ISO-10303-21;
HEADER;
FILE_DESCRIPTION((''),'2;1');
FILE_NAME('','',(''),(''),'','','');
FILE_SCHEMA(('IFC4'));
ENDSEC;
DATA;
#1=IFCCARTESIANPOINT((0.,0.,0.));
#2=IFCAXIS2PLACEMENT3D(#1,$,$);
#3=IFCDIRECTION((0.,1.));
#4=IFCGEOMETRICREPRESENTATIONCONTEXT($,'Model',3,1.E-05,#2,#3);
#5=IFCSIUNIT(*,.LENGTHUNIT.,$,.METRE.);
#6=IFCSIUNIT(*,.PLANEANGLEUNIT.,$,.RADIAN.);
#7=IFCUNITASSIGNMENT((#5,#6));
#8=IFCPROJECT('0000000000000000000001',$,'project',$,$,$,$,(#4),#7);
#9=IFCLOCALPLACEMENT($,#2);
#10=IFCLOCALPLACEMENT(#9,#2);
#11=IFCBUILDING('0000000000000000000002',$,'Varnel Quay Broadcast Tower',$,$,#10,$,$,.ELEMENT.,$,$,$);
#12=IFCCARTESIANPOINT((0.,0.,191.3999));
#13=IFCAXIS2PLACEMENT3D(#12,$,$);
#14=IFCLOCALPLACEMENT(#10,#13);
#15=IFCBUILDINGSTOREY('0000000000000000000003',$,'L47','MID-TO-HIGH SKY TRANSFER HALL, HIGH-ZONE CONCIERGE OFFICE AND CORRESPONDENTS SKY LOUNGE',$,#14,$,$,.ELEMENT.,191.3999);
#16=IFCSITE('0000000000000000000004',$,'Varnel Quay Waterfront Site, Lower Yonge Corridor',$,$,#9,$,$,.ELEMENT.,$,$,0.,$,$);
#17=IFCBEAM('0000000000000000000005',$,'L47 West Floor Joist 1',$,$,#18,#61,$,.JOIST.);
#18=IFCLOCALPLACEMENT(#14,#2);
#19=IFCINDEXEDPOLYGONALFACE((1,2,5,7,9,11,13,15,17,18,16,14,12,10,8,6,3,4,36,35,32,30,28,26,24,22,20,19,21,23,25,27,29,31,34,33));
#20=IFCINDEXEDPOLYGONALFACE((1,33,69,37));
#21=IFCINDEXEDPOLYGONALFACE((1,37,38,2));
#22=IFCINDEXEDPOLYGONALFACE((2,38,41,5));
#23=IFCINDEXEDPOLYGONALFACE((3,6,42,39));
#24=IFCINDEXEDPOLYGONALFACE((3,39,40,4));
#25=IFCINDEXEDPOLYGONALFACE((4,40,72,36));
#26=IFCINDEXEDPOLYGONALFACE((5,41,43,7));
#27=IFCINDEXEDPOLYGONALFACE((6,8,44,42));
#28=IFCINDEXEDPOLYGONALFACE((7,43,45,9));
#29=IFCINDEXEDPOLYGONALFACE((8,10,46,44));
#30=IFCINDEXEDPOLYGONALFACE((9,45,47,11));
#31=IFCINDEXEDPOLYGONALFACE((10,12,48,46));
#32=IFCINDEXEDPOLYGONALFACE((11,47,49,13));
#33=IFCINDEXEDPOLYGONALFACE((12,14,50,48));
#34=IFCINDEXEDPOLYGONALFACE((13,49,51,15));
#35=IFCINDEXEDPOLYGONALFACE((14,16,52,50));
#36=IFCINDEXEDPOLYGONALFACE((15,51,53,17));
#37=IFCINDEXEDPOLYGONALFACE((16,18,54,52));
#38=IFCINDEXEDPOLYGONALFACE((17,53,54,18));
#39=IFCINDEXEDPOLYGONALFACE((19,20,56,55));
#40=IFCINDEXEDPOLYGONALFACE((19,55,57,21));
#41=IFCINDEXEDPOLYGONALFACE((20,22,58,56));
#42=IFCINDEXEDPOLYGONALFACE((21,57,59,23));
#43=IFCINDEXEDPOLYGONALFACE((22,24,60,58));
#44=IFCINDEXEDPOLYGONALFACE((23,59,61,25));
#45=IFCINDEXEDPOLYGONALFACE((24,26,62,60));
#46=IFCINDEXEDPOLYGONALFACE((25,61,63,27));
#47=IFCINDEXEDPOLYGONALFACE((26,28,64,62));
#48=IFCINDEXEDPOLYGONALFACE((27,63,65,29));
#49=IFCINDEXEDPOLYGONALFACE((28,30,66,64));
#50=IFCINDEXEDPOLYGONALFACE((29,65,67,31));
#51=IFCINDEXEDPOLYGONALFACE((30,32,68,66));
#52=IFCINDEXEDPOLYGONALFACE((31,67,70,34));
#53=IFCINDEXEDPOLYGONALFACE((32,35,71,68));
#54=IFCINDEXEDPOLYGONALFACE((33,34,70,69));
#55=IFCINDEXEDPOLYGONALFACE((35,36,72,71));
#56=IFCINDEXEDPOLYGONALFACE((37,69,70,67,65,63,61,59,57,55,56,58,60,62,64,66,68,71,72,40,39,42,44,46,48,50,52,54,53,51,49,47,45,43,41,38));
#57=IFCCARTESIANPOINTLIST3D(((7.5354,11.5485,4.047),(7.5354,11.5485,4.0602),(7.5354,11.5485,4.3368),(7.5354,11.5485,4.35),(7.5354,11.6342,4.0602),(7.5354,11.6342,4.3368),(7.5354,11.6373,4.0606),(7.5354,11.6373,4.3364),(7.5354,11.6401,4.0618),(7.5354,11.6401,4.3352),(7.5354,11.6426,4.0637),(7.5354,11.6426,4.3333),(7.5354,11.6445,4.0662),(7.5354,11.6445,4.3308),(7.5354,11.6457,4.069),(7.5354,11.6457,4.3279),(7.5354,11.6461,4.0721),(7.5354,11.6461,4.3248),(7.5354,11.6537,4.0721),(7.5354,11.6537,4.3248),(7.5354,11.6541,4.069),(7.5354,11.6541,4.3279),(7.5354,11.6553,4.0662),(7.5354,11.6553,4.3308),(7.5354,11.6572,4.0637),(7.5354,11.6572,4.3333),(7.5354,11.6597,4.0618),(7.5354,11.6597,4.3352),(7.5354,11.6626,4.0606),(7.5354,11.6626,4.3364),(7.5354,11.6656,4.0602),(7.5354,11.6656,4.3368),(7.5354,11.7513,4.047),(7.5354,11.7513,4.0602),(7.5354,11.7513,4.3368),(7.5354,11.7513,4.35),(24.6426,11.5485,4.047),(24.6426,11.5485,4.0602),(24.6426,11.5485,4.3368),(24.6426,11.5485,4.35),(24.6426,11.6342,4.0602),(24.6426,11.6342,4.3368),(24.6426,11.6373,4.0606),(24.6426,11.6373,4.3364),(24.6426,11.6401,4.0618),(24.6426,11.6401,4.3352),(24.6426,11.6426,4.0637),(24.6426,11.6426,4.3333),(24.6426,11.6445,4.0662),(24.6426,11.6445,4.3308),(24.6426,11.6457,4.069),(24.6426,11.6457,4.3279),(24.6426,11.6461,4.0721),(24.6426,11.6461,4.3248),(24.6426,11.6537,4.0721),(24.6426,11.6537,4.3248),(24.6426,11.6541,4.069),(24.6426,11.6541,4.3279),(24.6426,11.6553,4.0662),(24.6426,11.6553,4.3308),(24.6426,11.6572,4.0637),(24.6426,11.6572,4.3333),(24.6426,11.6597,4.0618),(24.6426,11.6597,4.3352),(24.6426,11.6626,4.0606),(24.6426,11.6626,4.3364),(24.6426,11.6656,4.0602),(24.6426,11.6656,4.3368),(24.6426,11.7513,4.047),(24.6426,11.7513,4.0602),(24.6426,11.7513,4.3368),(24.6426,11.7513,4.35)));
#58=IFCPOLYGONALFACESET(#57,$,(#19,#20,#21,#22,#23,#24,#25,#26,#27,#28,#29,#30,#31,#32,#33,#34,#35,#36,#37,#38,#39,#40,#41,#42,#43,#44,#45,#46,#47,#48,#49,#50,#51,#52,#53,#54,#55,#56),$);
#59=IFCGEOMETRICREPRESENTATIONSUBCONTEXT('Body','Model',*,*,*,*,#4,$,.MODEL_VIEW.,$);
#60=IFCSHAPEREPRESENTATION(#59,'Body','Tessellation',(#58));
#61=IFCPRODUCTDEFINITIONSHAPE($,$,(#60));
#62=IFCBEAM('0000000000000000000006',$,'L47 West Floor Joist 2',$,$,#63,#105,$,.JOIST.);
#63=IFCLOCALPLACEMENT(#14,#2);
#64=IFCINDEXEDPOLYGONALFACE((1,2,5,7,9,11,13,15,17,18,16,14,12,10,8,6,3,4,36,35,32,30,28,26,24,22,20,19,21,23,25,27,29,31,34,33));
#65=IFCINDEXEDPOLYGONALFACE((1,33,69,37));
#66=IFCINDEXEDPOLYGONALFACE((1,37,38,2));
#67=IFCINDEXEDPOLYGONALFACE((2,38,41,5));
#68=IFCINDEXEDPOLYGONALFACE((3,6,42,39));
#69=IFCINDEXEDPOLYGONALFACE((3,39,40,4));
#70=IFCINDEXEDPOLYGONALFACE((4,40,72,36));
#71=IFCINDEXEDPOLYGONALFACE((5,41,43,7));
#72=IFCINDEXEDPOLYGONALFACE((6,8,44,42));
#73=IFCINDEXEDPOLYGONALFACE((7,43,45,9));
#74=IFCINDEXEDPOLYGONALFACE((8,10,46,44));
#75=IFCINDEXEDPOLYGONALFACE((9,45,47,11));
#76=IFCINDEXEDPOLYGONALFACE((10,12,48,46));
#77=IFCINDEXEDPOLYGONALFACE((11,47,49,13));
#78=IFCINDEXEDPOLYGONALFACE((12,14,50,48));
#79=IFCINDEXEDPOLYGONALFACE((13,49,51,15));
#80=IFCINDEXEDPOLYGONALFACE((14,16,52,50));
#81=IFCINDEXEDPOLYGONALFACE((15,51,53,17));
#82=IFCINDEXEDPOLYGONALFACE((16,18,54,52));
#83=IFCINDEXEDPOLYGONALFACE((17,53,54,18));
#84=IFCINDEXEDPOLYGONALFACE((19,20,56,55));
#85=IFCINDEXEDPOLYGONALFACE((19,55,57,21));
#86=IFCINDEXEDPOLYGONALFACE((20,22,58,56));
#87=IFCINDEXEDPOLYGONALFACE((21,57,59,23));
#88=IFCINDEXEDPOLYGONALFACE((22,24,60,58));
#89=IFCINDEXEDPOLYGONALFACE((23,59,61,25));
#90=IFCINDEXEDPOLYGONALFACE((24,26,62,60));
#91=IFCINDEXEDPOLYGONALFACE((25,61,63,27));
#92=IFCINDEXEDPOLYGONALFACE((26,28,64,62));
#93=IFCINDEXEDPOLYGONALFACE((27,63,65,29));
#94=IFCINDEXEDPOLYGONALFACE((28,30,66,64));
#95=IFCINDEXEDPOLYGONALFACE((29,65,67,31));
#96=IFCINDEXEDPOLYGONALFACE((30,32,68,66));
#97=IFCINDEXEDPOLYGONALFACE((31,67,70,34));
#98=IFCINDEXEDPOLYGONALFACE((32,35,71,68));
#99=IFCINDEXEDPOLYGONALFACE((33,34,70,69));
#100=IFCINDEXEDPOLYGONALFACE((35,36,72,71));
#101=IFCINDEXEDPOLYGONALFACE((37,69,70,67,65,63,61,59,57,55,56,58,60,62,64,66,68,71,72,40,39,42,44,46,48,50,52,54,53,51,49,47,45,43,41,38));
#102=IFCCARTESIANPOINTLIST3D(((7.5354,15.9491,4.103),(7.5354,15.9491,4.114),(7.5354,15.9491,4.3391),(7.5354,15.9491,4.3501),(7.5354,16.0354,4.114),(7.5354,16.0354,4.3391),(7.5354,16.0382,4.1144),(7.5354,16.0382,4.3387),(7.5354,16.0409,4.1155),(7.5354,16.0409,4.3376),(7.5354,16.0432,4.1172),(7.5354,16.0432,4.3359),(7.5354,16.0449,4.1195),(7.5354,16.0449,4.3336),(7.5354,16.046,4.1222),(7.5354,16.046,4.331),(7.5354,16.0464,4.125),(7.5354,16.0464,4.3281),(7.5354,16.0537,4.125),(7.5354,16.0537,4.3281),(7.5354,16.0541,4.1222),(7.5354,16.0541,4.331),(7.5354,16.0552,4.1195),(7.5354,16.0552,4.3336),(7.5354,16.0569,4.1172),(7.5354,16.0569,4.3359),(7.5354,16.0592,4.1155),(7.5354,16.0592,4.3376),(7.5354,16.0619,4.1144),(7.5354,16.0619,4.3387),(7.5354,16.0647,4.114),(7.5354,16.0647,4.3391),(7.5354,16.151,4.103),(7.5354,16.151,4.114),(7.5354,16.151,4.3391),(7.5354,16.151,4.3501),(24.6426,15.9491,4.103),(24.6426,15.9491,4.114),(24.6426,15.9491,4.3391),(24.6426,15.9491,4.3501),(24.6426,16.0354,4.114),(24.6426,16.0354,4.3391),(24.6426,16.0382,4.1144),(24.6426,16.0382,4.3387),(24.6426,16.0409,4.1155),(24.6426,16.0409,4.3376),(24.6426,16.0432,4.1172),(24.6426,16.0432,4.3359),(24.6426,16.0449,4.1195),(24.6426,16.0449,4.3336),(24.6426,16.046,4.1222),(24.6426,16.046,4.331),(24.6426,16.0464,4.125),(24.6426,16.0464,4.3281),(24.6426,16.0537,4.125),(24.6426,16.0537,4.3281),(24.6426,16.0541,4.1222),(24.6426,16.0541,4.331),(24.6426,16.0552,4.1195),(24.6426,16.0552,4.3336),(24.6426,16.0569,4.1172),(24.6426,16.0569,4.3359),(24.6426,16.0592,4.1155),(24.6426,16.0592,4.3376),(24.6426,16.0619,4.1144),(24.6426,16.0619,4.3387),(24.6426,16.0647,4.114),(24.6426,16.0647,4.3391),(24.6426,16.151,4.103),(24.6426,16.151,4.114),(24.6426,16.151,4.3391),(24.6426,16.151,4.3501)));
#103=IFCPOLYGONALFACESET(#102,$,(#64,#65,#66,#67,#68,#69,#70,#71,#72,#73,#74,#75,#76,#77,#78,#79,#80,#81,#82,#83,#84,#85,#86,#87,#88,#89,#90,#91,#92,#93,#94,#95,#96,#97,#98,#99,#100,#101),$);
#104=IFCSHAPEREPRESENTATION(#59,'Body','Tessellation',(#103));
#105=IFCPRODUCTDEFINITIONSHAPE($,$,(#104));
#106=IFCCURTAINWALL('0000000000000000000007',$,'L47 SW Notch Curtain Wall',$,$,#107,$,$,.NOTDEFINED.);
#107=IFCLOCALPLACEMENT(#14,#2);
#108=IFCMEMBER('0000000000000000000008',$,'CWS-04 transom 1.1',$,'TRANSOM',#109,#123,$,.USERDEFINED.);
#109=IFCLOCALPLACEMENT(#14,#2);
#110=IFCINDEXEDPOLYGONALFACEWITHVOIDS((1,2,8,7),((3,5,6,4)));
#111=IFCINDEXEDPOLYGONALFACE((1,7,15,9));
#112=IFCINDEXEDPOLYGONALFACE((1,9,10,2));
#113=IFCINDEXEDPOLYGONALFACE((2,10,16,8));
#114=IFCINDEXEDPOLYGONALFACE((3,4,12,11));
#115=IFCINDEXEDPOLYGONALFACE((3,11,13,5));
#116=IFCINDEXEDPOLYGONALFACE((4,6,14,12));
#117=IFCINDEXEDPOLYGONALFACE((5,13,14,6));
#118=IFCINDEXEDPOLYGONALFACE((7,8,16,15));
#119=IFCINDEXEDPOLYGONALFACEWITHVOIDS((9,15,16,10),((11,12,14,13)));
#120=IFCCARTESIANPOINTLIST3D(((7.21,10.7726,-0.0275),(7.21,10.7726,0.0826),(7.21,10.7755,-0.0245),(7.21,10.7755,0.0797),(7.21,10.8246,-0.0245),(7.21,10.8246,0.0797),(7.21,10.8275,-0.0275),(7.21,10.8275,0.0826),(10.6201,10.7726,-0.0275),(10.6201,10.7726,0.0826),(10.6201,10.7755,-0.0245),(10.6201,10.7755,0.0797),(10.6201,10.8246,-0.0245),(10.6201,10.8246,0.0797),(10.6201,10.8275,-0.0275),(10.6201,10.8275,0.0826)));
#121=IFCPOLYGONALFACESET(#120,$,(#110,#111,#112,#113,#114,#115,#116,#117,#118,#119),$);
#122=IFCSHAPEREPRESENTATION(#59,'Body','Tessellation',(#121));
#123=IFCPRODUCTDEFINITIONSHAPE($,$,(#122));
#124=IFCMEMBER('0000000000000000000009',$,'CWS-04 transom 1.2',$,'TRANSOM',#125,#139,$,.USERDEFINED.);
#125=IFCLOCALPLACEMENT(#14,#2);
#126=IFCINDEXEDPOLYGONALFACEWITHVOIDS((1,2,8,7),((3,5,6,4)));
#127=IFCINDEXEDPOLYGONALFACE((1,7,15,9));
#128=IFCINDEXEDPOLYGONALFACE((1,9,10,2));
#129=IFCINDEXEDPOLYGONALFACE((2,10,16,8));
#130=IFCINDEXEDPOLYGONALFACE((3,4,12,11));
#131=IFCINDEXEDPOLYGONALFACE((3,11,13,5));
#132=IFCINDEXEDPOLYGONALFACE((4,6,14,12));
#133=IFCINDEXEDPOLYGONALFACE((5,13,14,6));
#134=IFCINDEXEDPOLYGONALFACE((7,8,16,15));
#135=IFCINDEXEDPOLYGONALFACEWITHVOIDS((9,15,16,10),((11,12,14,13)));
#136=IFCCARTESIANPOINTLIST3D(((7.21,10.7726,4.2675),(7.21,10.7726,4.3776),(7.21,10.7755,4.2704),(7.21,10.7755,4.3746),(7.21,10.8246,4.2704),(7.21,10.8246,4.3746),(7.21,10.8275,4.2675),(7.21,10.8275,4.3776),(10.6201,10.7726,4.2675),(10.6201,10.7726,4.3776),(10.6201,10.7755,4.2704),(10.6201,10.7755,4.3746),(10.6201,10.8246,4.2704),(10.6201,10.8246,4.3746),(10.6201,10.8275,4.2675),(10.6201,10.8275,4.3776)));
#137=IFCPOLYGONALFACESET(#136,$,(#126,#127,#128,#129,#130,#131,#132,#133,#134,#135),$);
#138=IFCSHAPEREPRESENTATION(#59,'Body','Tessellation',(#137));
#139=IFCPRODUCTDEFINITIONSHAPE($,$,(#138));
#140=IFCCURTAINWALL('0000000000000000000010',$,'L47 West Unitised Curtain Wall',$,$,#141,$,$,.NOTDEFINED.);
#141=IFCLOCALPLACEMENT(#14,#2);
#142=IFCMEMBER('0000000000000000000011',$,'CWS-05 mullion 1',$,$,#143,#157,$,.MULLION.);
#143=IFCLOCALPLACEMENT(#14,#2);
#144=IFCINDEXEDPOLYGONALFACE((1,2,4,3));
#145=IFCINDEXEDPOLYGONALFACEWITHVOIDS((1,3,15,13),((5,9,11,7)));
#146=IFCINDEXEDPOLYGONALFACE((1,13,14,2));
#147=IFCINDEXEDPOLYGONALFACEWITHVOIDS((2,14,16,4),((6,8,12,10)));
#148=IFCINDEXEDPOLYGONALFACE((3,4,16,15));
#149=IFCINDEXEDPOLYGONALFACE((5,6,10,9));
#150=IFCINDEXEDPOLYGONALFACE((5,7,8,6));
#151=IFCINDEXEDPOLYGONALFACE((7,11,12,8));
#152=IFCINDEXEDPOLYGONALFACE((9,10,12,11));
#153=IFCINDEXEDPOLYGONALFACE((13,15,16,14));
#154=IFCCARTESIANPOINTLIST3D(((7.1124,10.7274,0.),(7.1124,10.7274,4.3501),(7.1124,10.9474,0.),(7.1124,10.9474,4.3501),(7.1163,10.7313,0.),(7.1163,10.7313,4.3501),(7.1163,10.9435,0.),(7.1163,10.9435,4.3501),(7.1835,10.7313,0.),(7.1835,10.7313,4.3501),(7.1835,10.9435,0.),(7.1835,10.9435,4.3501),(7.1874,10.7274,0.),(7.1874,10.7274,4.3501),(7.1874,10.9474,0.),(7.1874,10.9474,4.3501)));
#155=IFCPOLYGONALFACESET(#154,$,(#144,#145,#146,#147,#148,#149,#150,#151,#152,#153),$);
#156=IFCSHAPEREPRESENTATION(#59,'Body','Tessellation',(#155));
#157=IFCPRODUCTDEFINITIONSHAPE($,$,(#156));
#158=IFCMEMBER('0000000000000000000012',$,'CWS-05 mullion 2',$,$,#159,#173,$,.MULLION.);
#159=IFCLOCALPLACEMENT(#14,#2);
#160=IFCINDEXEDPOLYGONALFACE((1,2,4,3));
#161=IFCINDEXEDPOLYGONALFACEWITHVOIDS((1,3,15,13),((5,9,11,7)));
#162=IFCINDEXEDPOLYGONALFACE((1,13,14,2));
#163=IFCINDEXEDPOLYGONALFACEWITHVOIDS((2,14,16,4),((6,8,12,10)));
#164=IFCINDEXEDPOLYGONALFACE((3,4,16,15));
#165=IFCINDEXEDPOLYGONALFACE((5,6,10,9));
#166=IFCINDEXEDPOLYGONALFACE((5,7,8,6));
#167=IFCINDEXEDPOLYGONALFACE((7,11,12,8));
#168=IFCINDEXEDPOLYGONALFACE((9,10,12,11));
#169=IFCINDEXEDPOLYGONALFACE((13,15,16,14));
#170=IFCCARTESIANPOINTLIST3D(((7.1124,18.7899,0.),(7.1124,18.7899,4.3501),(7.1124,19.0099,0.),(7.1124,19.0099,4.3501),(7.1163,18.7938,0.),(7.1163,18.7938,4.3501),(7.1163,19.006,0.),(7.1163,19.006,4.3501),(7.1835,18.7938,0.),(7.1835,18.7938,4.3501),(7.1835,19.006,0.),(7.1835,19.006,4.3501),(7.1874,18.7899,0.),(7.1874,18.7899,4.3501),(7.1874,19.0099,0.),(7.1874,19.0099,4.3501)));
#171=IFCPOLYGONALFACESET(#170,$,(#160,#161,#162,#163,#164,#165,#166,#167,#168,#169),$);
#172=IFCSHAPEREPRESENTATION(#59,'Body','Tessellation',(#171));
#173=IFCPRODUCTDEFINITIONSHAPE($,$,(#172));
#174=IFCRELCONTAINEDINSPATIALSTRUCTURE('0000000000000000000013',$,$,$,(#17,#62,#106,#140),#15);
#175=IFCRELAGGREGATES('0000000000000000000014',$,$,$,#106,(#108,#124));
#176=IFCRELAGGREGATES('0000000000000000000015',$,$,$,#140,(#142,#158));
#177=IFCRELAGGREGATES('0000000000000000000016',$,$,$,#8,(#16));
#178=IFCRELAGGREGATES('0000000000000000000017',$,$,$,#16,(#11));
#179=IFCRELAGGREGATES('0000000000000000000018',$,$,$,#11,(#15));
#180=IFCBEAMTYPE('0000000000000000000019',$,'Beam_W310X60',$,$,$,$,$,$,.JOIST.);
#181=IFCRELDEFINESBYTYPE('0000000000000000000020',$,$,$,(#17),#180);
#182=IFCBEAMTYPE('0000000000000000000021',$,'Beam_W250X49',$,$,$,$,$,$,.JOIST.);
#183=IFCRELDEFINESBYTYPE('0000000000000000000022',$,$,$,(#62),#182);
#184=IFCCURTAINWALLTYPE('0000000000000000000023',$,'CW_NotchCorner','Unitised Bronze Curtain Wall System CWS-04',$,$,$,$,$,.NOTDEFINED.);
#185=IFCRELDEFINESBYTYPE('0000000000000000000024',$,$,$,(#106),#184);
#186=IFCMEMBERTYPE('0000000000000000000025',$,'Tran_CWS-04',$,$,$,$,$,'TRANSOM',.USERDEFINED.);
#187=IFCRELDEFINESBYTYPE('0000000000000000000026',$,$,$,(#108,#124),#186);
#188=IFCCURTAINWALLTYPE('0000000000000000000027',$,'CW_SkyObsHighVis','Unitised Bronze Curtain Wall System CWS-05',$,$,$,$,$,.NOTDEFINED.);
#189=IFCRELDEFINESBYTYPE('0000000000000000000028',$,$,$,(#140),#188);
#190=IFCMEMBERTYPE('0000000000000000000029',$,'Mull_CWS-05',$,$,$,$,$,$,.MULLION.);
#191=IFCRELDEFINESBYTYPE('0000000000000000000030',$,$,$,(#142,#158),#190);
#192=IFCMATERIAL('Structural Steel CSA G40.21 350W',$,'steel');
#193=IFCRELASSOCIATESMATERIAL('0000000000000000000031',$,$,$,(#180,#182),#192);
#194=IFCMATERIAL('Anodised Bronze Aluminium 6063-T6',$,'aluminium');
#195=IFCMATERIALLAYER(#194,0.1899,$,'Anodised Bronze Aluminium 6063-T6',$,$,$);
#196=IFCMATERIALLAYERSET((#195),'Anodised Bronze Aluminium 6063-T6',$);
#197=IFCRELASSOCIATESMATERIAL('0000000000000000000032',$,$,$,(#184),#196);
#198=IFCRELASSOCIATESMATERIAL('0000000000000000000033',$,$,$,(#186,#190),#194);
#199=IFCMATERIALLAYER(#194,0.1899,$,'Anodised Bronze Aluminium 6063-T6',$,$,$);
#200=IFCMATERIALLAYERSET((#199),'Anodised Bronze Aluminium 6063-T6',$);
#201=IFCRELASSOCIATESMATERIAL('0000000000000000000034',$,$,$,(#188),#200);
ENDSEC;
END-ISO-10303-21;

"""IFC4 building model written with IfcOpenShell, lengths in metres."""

from ifc_helpers import new_model, si_unit, direction, frame, origin, origin_2d, place, context, subcontext, project, spatial, hollow_rectangle, i_section, extrude, source, transform, mapped, material, layer, layer_set, material_profile, profile_set, type_object, type_shapes, element, aggregate, save


model = new_model("IFC4")

# Units and contexts
model_context = context("Model", 3, precision=1e-05, world=origin(), true_north=direction((0.0, 1.0)))
body_context = subcontext(model_context, "Body", "Model", "MODEL_VIEW")
ifc_project = project(units=[si_unit("LENGTHUNIT", "METRE"), si_unit("PLANEANGLEUNIT", "RADIAN")], contexts=[model_context])

# Site, building, storey
site_placement = place(None, origin())
site = spatial("IfcSite", under=ifc_project, at=site_placement, Name="Varnel Quay Waterfront Site, Lower Yonge Corridor", CompositionType="ELEMENT", RefElevation=0.0)
building_placement = place(site_placement, origin())
building = spatial("IfcBuilding", under=site, at=building_placement, Name="Varnel Quay Broadcast Tower", CompositionType="ELEMENT")
storey_placement = place(building_placement, frame((0.0, 0.0, 191.3999)))
storey = spatial("IfcBuildingStorey", under=building, at=storey_placement, Name="L47", Description="MID-TO-HIGH SKY TRANSFER HALL, HIGH-ZONE CONCIERGE OFFICE AND CORRESPONDENTS SKY LOUNGE", CompositionType="ELEMENT", Elevation=191.3999)

# Shared definitions
ifc_material_1 = material(Name="Structural Steel CSA G40.21 350W", Category="steel")

# Beams
ifc_material_profile_1 = material_profile(ifc_material_1, i_section(OverallWidth=0.2029, OverallDepth=0.303, WebThickness=0.0076, FlangeThickness=0.0132, FilletRadius=0.012, at=origin_2d()), Name="W310X60")
ifc_profile_set_1 = profile_set([ifc_material_profile_1], Name="Structural Steel CSA G40.21 350W")
beam_type_1 = type_object("IfcBeamType", Name="Beam_W310X60", PredefinedType="JOIST", material=ifc_profile_set_1)
shared_shape_1 = source(origin(), body_context, "Body", "SweptSolid", [
    extrude(i_section(OverallWidth=0.2029, OverallDepth=0.303, WebThickness=0.0076, FlangeThickness=0.0132, FilletRadius=0.012, at=origin_2d()), origin(), (0.0, 0.0, 1.0), 17.1072),
])
type_shapes(beam_type_1, [shared_shape_1])
beam_1_placement = place(storey_placement, frame((7.5354, 11.6499, 4.1985), z_axis=(1.0, 0.0, 0.0), x_axis=(0.0, 1.0, 0.0)))
element("IfcBeam", 1, at=beam_1_placement, inside=storey, type_object=beam_type_1, Name="L47 West Floor Joist 1", PredefinedType="JOIST", context=body_context, shape_type="MappedRepresentation", body=[
    mapped(shared_shape_1, transform((0.0, 0.0, 0.0), x_axis=(1.0, 0.0, 0.0), y_axis=(0.0, 1.0, 0.0), z_axis=(0.0, 0.0, 1.0), scale=1.0)),
])
ifc_material_profile_2 = material_profile(ifc_material_1, i_section(OverallWidth=0.2019, OverallDepth=0.2471, WebThickness=0.0073, FlangeThickness=0.011, FilletRadius=0.011, at=origin_2d()), Name="W250X49")
ifc_profile_set_2 = profile_set([ifc_material_profile_2], Name="Structural Steel CSA G40.21 350W")
beam_type_2 = type_object("IfcBeamType", Name="Beam_W250X49", PredefinedType="JOIST", material=ifc_profile_set_2)
shared_shape_2 = source(origin(), body_context, "Body", "SweptSolid", [
    extrude(i_section(OverallWidth=0.2019, OverallDepth=0.2471, WebThickness=0.0073, FlangeThickness=0.011, FilletRadius=0.011, at=origin_2d()), origin(), (0.0, 0.0, 1.0), 17.1072),
])
type_shapes(beam_type_2, [shared_shape_2])
beam_2_placement = place(storey_placement, frame((7.5354, 16.05, 4.2266), z_axis=(1.0, 0.0, 0.0), x_axis=(0.0, 1.0, 0.0)))
element("IfcBeam", 2, at=beam_2_placement, inside=storey, type_object=beam_type_2, Name="L47 West Floor Joist 2", PredefinedType="JOIST", context=body_context, shape_type="MappedRepresentation", body=[
    mapped(shared_shape_2, transform((0.0, 0.0, 0.0), x_axis=(1.0, 0.0, 0.0), y_axis=(0.0, 1.0, 0.0), z_axis=(0.0, 0.0, 1.0), scale=1.0)),
])

# Curtain walls, members
ifc_material_2 = material(Name="Anodised Bronze Aluminium 6063-T6", Category="aluminium")
ifc_layer_1 = layer(ifc_material_2, 0.1899, Name="Anodised Bronze Aluminium 6063-T6")
ifc_layer_set_1 = layer_set([ifc_layer_1], Name="Anodised Bronze Aluminium 6063-T6")
curtain_wall_type_1 = type_object("IfcCurtainWallType", Name="CW_NotchCorner", Description="Unitised Bronze Curtain Wall System CWS-04", PredefinedType="NOTDEFINED", material=ifc_layer_set_1)
curtain_wall_1_placement = place(storey_placement, origin())
curtain_wall_1 = element("IfcCurtainWall", 3, at=curtain_wall_1_placement, inside=storey, type_object=curtain_wall_type_1, Name="L47 SW Notch Curtain Wall", PredefinedType="NOTDEFINED")
ifc_material_profile_3 = material_profile(ifc_material_2, hollow_rectangle(XDim=0.0549, YDim=0.1101, WallThickness=0.0029, at=origin_2d()), Name="ALU55X110X3")
ifc_profile_set_3 = profile_set([ifc_material_profile_3], Name="Anodised Bronze Aluminium 6063-T6")
member_type_1 = type_object("IfcMemberType", Name="Tran_CWS-04", ElementType="TRANSOM", PredefinedType="USERDEFINED", material=ifc_profile_set_3)
shared_shape_3 = source(origin(), body_context, "Body", "SweptSolid", [
    extrude(hollow_rectangle(XDim=0.0549, YDim=0.1101, WallThickness=0.0029, at=origin_2d()), origin(), (0.0, 0.0, 1.0), 3.4102),
])
type_shapes(member_type_1, [shared_shape_3])
member_1_placement = place(storey_placement, frame((7.21, 10.8, 0.0276), z_axis=(1.0, 0.0, 0.0), x_axis=(0.0, 1.0, 0.0)))
member_1 = element("IfcMember", 4, at=member_1_placement, type_object=member_type_1, Name="CWS-04 transom 1.1", ObjectType="TRANSOM", PredefinedType="USERDEFINED", context=body_context, shape_type="MappedRepresentation", body=[
    mapped(shared_shape_3, transform((0.0, 0.0, 0.0), x_axis=(1.0, 0.0, 0.0), y_axis=(0.0, 1.0, 0.0), z_axis=(0.0, 0.0, 1.0), scale=1.0)),
])
member_2_placement = place(storey_placement, frame((7.21, 10.8, 4.3225), z_axis=(1.0, 0.0, 0.0), x_axis=(0.0, 1.0, 0.0)))
member_2 = element("IfcMember", 5, at=member_2_placement, type_object=member_type_1, Name="CWS-04 transom 1.2", ObjectType="TRANSOM", PredefinedType="USERDEFINED", context=body_context, shape_type="MappedRepresentation", body=[
    mapped(shared_shape_3, transform((0.0, 0.0, 0.0), x_axis=(1.0, 0.0, 0.0), y_axis=(0.0, 1.0, 0.0), z_axis=(0.0, 0.0, 1.0), scale=1.0)),
])
ifc_layer_2 = layer(ifc_material_2, 0.1899, Name="Anodised Bronze Aluminium 6063-T6")
ifc_layer_set_2 = layer_set([ifc_layer_2], Name="Anodised Bronze Aluminium 6063-T6")
curtain_wall_type_2 = type_object("IfcCurtainWallType", Name="CW_SkyObsHighVis", Description="Unitised Bronze Curtain Wall System CWS-05", PredefinedType="NOTDEFINED", material=ifc_layer_set_2)
curtain_wall_2_placement = place(storey_placement, origin())
curtain_wall_2 = element("IfcCurtainWall", 6, at=curtain_wall_2_placement, inside=storey, type_object=curtain_wall_type_2, Name="L47 West Unitised Curtain Wall", PredefinedType="NOTDEFINED")
ifc_material_profile_4 = material_profile(ifc_material_2, hollow_rectangle(XDim=0.075, YDim=0.22, WallThickness=0.0039, at=origin_2d()), Name="ALU75X220X4")
ifc_profile_set_4 = profile_set([ifc_material_profile_4], Name="Anodised Bronze Aluminium 6063-T6")
member_type_2 = type_object("IfcMemberType", Name="Mull_CWS-05", PredefinedType="MULLION", material=ifc_profile_set_4)
shared_shape_4 = source(origin(), body_context, "Body", "SweptSolid", [
    extrude(hollow_rectangle(XDim=0.075, YDim=0.22, WallThickness=0.0039, at=origin_2d()), origin(), (0.0, 0.0, 1.0), 4.3501),
])
type_shapes(member_type_2, [shared_shape_4])
member_3_placement = place(storey_placement, frame((7.1499, 10.8374, 0.0), z_axis=(0.0, 0.0, 1.0), x_axis=(-1.0, 0.0, 0.0)))
member_3 = element("IfcMember", 7, at=member_3_placement, type_object=member_type_2, Name="CWS-05 mullion 1", PredefinedType="MULLION", context=body_context, shape_type="MappedRepresentation", body=[
    mapped(shared_shape_4, transform((0.0, 0.0, 0.0), x_axis=(1.0, 0.0, 0.0), y_axis=(0.0, 1.0, 0.0), z_axis=(0.0, 0.0, 1.0), scale=1.0)),
])
member_4_placement = place(storey_placement, frame((7.1499, 18.8999, 0.0), z_axis=(0.0, 0.0, 1.0), x_axis=(-1.0, 0.0, 0.0)))
member_4 = element("IfcMember", 8, at=member_4_placement, type_object=member_type_2, Name="CWS-05 mullion 2", PredefinedType="MULLION", context=body_context, shape_type="MappedRepresentation", body=[
    mapped(shared_shape_4, transform((0.0, 0.0, 0.0), x_axis=(1.0, 0.0, 0.0), y_axis=(0.0, 1.0, 0.0), z_axis=(0.0, 0.0, 1.0), scale=1.0)),
])

aggregate(curtain_wall_1, [member_1, member_2])
aggregate(curtain_wall_2, [member_3, member_4])

save(model, "model.ifc")
